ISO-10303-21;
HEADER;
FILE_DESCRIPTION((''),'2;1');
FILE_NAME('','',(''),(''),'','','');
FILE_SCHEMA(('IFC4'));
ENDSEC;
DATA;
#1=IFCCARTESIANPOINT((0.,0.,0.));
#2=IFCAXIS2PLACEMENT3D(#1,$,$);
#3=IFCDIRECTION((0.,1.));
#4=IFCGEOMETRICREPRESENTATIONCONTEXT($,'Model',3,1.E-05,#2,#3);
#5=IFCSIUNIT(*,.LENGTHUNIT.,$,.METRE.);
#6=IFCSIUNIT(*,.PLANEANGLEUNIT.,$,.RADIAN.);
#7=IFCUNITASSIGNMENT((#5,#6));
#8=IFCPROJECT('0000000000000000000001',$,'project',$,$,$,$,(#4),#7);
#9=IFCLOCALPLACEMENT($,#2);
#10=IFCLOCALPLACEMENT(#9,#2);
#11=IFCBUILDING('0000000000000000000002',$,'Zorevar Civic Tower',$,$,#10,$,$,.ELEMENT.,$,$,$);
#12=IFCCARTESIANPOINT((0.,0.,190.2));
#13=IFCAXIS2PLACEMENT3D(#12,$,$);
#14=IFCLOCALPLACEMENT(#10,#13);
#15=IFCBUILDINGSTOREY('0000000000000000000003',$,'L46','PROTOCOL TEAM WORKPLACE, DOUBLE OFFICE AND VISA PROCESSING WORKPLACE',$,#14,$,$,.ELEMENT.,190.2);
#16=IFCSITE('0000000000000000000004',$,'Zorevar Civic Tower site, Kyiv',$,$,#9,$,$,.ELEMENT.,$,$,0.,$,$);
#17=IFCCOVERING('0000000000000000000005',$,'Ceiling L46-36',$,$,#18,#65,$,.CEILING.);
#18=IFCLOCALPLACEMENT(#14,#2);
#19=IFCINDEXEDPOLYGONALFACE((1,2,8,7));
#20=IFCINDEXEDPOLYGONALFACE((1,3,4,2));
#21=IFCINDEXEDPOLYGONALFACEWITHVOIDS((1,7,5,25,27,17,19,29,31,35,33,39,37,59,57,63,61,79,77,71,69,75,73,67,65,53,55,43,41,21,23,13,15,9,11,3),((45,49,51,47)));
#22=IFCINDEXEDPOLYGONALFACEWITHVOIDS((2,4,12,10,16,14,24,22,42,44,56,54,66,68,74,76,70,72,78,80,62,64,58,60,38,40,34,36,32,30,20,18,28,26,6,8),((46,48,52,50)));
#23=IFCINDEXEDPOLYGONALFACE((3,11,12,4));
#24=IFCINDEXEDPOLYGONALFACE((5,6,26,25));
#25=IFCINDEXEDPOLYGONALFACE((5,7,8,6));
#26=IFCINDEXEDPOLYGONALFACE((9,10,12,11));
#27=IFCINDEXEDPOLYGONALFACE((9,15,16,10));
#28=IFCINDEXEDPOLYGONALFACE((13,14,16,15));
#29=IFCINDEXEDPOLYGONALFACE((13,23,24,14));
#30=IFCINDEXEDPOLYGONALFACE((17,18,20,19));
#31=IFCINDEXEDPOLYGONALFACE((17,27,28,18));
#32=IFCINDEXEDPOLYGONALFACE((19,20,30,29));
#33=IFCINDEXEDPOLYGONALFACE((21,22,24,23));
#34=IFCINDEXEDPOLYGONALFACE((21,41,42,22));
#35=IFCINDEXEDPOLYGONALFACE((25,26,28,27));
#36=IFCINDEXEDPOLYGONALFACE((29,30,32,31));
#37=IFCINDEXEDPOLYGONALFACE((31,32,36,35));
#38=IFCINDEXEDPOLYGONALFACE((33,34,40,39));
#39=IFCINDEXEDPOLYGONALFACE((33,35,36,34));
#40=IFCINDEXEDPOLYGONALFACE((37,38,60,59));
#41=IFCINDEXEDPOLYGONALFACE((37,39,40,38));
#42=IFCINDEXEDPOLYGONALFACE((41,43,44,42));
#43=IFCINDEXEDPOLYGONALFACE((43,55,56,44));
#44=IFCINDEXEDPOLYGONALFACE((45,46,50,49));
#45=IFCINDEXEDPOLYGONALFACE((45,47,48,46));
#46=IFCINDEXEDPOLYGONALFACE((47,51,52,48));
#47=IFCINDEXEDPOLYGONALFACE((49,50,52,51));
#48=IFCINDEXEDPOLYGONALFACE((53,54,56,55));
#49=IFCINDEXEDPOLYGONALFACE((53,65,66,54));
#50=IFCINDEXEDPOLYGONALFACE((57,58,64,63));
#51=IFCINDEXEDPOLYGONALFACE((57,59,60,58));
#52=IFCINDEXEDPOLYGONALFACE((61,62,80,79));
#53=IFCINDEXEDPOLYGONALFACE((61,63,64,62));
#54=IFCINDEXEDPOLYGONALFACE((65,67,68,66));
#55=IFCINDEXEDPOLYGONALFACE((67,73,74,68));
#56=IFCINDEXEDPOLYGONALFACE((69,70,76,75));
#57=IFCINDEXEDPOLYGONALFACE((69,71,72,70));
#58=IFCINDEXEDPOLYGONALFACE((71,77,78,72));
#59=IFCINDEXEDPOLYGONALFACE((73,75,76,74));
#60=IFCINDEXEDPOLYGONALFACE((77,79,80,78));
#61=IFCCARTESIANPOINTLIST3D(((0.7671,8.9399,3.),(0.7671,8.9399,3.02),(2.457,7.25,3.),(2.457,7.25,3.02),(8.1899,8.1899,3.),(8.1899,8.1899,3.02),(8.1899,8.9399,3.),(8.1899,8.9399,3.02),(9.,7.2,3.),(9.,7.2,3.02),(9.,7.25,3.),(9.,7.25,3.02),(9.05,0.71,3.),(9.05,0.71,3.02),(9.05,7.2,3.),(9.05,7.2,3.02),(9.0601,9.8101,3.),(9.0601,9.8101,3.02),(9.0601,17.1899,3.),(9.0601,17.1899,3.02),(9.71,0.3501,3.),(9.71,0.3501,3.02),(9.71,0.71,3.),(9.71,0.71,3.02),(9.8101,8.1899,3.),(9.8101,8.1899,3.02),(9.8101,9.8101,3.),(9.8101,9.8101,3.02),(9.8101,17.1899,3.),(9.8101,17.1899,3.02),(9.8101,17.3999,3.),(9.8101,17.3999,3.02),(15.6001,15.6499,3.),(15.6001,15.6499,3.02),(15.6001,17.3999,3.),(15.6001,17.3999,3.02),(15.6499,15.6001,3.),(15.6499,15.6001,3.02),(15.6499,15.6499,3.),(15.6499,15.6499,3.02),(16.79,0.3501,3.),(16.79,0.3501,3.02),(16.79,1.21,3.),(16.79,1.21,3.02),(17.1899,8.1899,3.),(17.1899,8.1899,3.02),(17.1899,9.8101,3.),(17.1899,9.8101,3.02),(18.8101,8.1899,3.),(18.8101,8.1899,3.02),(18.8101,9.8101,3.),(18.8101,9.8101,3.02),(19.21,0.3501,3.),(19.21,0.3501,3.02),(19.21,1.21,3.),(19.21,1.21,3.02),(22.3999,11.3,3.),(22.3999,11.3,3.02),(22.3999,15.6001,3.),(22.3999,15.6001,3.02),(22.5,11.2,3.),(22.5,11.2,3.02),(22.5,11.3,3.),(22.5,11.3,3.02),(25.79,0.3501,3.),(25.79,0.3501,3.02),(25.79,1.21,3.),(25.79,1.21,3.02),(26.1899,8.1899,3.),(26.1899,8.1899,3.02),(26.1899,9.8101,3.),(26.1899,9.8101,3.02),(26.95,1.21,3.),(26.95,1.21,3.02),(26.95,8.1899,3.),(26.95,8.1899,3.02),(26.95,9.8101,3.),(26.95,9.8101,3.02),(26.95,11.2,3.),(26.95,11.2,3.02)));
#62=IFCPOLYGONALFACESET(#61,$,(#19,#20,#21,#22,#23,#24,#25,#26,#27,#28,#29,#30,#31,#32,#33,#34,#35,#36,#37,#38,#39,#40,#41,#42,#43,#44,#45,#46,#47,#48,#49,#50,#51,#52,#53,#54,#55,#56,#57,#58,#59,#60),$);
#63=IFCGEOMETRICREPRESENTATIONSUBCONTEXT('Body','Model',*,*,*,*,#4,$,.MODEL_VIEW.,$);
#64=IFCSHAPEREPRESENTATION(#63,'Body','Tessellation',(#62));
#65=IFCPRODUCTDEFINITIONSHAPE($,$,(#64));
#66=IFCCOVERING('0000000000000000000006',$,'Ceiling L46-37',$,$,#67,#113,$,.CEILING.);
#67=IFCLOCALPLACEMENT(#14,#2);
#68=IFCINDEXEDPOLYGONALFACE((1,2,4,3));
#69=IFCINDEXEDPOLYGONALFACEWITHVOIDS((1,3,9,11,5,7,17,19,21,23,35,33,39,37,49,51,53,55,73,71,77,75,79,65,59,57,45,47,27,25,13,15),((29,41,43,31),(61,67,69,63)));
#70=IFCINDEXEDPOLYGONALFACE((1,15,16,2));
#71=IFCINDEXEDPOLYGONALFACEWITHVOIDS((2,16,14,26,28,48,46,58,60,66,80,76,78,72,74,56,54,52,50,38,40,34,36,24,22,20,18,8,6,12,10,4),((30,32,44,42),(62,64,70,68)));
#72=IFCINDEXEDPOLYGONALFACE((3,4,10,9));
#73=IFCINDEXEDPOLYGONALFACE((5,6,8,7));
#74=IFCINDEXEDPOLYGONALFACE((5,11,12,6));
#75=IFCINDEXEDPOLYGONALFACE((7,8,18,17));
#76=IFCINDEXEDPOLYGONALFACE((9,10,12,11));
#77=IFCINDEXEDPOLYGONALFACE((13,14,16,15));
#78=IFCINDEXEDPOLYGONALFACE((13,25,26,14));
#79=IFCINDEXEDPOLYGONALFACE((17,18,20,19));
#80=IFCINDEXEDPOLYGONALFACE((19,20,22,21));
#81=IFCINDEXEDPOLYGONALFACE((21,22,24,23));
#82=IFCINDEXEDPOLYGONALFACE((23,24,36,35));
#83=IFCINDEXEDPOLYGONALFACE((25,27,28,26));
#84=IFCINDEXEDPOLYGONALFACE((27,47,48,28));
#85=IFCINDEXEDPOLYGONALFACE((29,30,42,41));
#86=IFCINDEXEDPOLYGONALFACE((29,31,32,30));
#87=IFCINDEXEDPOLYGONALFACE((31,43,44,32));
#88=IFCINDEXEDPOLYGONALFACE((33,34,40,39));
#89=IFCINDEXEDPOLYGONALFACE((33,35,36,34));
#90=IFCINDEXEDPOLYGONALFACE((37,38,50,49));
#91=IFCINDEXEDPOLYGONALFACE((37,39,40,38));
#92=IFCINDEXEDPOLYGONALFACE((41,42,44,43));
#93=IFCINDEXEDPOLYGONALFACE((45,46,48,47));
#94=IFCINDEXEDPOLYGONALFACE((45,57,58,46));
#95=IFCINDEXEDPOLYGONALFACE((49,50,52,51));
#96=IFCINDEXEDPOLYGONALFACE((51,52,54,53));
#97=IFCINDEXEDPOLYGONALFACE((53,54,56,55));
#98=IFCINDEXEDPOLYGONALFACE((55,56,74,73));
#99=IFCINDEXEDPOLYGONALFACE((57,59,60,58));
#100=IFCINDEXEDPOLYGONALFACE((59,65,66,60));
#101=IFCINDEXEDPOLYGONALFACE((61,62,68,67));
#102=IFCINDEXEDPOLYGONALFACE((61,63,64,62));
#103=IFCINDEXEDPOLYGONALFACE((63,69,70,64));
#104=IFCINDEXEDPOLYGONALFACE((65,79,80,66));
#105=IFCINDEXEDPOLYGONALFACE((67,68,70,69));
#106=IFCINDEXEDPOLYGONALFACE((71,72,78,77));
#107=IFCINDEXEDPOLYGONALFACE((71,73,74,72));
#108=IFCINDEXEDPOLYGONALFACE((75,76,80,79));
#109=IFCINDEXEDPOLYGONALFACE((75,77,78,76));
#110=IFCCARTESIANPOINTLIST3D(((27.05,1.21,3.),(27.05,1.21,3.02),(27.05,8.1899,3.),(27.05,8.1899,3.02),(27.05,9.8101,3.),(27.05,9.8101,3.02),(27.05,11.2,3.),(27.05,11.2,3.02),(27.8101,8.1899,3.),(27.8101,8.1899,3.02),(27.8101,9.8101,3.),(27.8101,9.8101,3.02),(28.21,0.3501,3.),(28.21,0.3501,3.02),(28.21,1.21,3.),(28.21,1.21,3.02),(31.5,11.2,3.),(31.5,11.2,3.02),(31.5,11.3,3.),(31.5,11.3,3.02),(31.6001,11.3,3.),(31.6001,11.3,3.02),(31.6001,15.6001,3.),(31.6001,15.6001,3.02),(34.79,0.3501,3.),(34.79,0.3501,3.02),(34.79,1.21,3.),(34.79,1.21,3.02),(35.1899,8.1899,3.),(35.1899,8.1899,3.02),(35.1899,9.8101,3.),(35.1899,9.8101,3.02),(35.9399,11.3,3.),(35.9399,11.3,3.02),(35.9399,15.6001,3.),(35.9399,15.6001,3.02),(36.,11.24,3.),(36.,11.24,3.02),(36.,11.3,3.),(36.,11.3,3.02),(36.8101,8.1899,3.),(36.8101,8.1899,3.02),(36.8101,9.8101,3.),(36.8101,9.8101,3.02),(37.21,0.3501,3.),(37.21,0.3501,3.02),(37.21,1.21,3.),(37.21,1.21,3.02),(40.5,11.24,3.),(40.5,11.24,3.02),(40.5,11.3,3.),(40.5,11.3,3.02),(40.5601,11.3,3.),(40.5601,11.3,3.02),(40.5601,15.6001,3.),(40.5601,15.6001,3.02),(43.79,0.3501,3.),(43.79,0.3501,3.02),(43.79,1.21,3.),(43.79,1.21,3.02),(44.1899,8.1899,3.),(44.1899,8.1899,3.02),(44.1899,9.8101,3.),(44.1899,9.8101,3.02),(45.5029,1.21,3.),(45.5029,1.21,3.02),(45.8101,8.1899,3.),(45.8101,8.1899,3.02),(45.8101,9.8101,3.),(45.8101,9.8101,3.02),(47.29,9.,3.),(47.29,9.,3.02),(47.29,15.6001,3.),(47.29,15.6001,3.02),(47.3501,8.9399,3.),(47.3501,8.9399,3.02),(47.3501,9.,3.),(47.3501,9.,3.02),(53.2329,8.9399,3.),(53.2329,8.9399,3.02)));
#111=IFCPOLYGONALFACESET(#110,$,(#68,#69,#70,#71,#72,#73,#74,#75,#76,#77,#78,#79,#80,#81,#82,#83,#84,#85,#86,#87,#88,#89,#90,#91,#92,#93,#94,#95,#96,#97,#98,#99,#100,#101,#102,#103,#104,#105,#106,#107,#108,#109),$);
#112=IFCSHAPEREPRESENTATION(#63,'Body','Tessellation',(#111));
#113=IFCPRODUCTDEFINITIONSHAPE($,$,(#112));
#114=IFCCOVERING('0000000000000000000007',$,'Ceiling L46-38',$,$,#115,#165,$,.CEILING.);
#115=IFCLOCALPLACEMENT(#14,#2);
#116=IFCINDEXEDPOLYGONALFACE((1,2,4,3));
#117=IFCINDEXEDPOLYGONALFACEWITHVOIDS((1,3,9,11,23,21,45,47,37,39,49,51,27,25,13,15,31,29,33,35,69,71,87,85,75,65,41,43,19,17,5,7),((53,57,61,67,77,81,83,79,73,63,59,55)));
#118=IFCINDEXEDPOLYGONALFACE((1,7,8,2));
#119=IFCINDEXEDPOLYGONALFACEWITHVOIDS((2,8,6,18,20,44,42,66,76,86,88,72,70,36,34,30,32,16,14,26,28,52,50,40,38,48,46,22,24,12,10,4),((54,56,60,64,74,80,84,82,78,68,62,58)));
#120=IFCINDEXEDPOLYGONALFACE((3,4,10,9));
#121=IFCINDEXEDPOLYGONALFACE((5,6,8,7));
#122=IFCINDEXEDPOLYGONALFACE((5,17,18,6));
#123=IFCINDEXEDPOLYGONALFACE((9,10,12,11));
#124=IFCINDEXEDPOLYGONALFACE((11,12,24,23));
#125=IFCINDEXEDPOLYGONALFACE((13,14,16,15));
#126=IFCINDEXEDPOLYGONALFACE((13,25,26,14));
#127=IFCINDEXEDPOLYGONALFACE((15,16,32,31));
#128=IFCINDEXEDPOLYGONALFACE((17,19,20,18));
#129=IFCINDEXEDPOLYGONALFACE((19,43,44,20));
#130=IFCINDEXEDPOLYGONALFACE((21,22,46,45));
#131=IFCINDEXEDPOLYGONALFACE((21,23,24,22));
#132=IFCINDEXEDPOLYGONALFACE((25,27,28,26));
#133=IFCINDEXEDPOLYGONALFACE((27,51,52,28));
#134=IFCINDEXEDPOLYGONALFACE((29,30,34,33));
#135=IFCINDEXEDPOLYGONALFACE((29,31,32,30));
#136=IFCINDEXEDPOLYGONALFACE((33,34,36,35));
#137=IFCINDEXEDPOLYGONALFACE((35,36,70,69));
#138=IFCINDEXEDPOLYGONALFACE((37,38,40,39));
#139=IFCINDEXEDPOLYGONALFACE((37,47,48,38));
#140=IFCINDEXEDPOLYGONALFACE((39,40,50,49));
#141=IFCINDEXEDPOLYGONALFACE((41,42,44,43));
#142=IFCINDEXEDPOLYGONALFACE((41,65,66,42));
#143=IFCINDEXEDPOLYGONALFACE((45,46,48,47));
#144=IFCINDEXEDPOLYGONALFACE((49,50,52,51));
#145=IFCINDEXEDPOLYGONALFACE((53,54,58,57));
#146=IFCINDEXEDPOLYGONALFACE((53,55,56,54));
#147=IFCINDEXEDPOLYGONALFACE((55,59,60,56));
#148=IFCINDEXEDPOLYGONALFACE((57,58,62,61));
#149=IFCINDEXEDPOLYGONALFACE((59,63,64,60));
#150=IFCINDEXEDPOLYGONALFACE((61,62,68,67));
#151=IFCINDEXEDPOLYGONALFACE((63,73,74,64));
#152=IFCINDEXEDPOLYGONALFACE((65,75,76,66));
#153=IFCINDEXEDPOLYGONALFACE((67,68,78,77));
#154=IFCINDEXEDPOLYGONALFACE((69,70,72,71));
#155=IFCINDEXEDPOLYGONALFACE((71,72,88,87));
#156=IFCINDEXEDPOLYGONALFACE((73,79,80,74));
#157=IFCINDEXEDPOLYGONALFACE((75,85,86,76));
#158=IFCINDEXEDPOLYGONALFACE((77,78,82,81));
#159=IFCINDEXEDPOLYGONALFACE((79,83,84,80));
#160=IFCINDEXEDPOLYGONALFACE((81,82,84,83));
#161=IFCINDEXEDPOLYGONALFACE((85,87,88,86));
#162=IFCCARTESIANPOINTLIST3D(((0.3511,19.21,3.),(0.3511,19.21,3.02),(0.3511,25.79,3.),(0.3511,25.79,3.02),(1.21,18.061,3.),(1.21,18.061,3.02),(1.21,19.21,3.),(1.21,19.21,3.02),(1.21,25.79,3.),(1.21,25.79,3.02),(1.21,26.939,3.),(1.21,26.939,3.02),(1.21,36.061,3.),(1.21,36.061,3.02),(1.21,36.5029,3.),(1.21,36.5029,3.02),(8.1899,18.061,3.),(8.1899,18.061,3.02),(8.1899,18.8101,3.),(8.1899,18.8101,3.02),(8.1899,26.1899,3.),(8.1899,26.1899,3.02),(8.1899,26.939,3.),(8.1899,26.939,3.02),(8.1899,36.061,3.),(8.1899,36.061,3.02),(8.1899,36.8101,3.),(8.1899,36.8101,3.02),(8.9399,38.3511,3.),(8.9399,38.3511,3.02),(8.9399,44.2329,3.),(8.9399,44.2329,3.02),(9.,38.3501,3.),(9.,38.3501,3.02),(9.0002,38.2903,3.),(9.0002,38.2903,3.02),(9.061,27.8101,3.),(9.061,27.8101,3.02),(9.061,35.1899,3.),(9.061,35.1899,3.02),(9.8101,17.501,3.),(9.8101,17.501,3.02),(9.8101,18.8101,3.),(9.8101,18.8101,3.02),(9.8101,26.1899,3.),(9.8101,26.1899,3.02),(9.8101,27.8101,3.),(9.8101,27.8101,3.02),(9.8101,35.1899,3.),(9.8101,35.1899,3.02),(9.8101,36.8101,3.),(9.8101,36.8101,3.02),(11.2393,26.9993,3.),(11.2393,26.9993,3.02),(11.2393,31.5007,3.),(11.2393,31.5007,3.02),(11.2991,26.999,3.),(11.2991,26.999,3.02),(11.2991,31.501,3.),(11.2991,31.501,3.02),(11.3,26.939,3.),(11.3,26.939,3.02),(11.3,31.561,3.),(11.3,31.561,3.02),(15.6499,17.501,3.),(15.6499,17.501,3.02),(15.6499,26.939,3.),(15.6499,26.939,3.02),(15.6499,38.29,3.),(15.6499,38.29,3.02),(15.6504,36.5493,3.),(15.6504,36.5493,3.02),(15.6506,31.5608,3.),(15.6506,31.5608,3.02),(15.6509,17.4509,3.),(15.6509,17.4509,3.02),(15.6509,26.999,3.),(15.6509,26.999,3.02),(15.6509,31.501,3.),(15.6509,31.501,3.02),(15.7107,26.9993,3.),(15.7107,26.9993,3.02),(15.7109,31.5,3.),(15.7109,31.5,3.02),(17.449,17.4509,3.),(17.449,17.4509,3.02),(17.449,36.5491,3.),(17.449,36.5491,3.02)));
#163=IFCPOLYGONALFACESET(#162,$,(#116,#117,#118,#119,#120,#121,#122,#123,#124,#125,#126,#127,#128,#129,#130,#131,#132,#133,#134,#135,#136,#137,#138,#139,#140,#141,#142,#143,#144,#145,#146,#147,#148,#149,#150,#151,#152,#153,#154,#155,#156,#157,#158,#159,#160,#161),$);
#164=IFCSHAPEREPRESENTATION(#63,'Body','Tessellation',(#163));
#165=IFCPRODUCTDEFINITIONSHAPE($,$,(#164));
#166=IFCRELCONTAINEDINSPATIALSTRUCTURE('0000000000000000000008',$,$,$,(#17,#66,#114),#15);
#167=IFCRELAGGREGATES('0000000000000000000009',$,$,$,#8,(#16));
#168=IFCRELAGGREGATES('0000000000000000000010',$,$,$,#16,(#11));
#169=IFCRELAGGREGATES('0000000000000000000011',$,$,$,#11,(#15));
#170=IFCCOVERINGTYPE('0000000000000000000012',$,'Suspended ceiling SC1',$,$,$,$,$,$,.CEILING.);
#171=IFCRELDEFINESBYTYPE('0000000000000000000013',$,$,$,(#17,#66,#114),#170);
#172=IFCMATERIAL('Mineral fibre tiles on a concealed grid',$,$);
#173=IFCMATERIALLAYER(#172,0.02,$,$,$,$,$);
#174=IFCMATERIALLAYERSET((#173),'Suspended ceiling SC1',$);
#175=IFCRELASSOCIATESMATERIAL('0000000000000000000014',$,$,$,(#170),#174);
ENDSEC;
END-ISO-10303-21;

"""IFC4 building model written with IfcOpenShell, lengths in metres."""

from ifc_helpers import new_model, si_unit, direction, frame, origin, place, context, subcontext, project, spatial, polyline, outline, extrude, material, layer, layer_set, type_object, element, save


model = new_model("IFC4")

# Units and contexts
model_context = context("Model", 3, precision=1e-05, world=origin(), true_north=direction((0.0, 1.0)))
body_context = subcontext(model_context, "Body", "Model", "MODEL_VIEW")
ifc_project = project(units=[si_unit("LENGTHUNIT", "METRE"), si_unit("PLANEANGLEUNIT", "RADIAN")], contexts=[model_context])

# Site, building, storey
site_placement = place(None, origin())
site = spatial("IfcSite", under=ifc_project, at=site_placement, Name="Zorevar Civic Tower site, Kyiv", CompositionType="ELEMENT", RefElevation=0.0)
building_placement = place(site_placement, origin())
building = spatial("IfcBuilding", under=site, at=building_placement, Name="Zorevar Civic Tower", CompositionType="ELEMENT")
storey_placement = place(building_placement, frame((0.0, 0.0, 190.2)))
storey = spatial("IfcBuildingStorey", under=building, at=storey_placement, Name="L46", Description="PROTOCOL TEAM WORKPLACE, DOUBLE OFFICE AND VISA PROCESSING WORKPLACE", CompositionType="ELEMENT", Elevation=190.2)

# Coverings
ifc_material_1 = material(Name="Mineral fibre tiles on a concealed grid")
ifc_layer_1 = layer(ifc_material_1, 0.02)
ifc_layer_set_1 = layer_set([ifc_layer_1], Name="Suspended ceiling SC1")
covering_type_1 = type_object("IfcCoveringType", Name="Suspended ceiling SC1", PredefinedType="CEILING", material=ifc_layer_set_1)
covering_1_placement = place(storey_placement, frame((0.0, 0.0, 3.0)))
element("IfcCovering", 1, at=covering_1_placement, inside=storey, type_object=covering_type_1, Name="Ceiling L46-36", PredefinedType="CEILING", context=body_context, shape_type="SweptSolid", body=[
    extrude(outline(polyline([(22.3999, 11.3), (22.5, 11.3), (22.5, 11.2), (26.95, 11.2), (26.95, 9.8101), (26.1899, 9.8101), (26.1899, 8.1899), (26.95, 8.1899), (26.95, 1.21), (25.79, 1.21), (25.79, 0.3501), (19.21, 0.3501), (19.21, 1.21), (16.79, 1.21), (16.79, 0.3501), (9.71, 0.3501), (9.71, 0.71), (9.05, 0.71), (9.05, 7.2), (9.0, 7.2), (9.0, 7.25), (2.457, 7.25), (0.7671, 8.9399), (8.1899, 8.9399), (8.1899, 8.1899), (9.8101, 8.1899), (9.8101, 9.8101), (9.0601, 9.8101), (9.0601, 17.1899), (9.8101, 17.1899), (9.8101, 17.3999), (15.6001, 17.3999), (15.6001, 15.6499), (15.6499, 15.6499), (15.6499, 15.6001), (22.3999, 15.6001), (22.3999, 11.3)]), holes=[polyline([(18.8101, 8.1899), (18.8101, 9.8101), (17.1899, 9.8101), (17.1899, 8.1899), (18.8101, 8.1899)])]), origin(), (0.0, 0.0, 1.0), 0.02),
])
covering_2_placement = place(storey_placement, frame((0.0, 0.0, 3.0)))
element("IfcCovering", 2, at=covering_2_placement, inside=storey, type_object=covering_type_1, Name="Ceiling L46-37", PredefinedType="CEILING", context=body_context, shape_type="SweptSolid", body=[
    extrude(outline(polyline([(47.3501, 9.0), (47.3501, 8.9399), (53.2329, 8.9399), (45.5029, 1.21), (43.79, 1.21), (43.79, 0.3501), (37.21, 0.3501), (37.21, 1.21), (34.79, 1.21), (34.79, 0.3501), (28.21, 0.3501), (28.21, 1.21), (27.05, 1.21), (27.05, 8.1899), (27.8101, 8.1899), (27.8101, 9.8101), (27.05, 9.8101), (27.05, 11.2), (31.5, 11.2), (31.5, 11.3), (31.6001, 11.3), (31.6001, 15.6001), (35.9399, 15.6001), (35.9399, 11.3), (36.0, 11.3), (36.0, 11.24), (40.5, 11.24), (40.5, 11.3), (40.5601, 11.3), (40.5601, 15.6001), (47.29, 15.6001), (47.29, 9.0), (47.3501, 9.0)]), holes=[polyline([(36.8101, 9.8101), (35.1899, 9.8101), (35.1899, 8.1899), (36.8101, 8.1899), (36.8101, 9.8101)]), polyline([(44.1899, 8.1899), (45.8101, 8.1899), (45.8101, 9.8101), (44.1899, 9.8101), (44.1899, 8.1899)])]), origin(), (0.0, 0.0, 1.0), 0.02),
])
covering_3_placement = place(storey_placement, frame((0.0, 0.0, 3.0)))
element("IfcCovering", 3, at=covering_3_placement, inside=storey, type_object=covering_type_1, Name="Ceiling L46-38", PredefinedType="CEILING", context=body_context, shape_type="SweptSolid", body=[
    extrude(outline(polyline([(8.9399, 38.3511), (9.0, 38.3501), (9.0002, 38.2903), (15.6499, 38.29), (15.6504, 36.5493), (17.449, 36.5491), (17.449, 17.4509), (15.6509, 17.4509), (15.6499, 17.501), (9.8101, 17.501), (9.8101, 18.8101), (8.1899, 18.8101), (8.1899, 18.061), (1.21, 18.061), (1.21, 19.21), (0.3511, 19.21), (0.3511, 25.79), (1.21, 25.79), (1.21, 26.939), (8.1899, 26.939), (8.1899, 26.1899), (9.8101, 26.1899), (9.8101, 27.8101), (9.061, 27.8101), (9.061, 35.1899), (9.8101, 35.1899), (9.8101, 36.8101), (8.1899, 36.8101), (8.1899, 36.061), (1.21, 36.061), (1.21, 36.5029), (8.9399, 44.2329), (8.9399, 38.3511)]), holes=[polyline([(15.6506, 31.5608), (11.3, 31.561), (11.2991, 31.501), (11.2393, 31.5007), (11.2393, 26.9993), (11.2991, 26.999), (11.3, 26.939), (15.6499, 26.939), (15.6509, 26.999), (15.7107, 26.9993), (15.7109, 31.5), (15.6509, 31.501), (15.6506, 31.5608)])]), origin(), (0.0, 0.0, 1.0), 0.02),
])

save(model, "model.ifc")
